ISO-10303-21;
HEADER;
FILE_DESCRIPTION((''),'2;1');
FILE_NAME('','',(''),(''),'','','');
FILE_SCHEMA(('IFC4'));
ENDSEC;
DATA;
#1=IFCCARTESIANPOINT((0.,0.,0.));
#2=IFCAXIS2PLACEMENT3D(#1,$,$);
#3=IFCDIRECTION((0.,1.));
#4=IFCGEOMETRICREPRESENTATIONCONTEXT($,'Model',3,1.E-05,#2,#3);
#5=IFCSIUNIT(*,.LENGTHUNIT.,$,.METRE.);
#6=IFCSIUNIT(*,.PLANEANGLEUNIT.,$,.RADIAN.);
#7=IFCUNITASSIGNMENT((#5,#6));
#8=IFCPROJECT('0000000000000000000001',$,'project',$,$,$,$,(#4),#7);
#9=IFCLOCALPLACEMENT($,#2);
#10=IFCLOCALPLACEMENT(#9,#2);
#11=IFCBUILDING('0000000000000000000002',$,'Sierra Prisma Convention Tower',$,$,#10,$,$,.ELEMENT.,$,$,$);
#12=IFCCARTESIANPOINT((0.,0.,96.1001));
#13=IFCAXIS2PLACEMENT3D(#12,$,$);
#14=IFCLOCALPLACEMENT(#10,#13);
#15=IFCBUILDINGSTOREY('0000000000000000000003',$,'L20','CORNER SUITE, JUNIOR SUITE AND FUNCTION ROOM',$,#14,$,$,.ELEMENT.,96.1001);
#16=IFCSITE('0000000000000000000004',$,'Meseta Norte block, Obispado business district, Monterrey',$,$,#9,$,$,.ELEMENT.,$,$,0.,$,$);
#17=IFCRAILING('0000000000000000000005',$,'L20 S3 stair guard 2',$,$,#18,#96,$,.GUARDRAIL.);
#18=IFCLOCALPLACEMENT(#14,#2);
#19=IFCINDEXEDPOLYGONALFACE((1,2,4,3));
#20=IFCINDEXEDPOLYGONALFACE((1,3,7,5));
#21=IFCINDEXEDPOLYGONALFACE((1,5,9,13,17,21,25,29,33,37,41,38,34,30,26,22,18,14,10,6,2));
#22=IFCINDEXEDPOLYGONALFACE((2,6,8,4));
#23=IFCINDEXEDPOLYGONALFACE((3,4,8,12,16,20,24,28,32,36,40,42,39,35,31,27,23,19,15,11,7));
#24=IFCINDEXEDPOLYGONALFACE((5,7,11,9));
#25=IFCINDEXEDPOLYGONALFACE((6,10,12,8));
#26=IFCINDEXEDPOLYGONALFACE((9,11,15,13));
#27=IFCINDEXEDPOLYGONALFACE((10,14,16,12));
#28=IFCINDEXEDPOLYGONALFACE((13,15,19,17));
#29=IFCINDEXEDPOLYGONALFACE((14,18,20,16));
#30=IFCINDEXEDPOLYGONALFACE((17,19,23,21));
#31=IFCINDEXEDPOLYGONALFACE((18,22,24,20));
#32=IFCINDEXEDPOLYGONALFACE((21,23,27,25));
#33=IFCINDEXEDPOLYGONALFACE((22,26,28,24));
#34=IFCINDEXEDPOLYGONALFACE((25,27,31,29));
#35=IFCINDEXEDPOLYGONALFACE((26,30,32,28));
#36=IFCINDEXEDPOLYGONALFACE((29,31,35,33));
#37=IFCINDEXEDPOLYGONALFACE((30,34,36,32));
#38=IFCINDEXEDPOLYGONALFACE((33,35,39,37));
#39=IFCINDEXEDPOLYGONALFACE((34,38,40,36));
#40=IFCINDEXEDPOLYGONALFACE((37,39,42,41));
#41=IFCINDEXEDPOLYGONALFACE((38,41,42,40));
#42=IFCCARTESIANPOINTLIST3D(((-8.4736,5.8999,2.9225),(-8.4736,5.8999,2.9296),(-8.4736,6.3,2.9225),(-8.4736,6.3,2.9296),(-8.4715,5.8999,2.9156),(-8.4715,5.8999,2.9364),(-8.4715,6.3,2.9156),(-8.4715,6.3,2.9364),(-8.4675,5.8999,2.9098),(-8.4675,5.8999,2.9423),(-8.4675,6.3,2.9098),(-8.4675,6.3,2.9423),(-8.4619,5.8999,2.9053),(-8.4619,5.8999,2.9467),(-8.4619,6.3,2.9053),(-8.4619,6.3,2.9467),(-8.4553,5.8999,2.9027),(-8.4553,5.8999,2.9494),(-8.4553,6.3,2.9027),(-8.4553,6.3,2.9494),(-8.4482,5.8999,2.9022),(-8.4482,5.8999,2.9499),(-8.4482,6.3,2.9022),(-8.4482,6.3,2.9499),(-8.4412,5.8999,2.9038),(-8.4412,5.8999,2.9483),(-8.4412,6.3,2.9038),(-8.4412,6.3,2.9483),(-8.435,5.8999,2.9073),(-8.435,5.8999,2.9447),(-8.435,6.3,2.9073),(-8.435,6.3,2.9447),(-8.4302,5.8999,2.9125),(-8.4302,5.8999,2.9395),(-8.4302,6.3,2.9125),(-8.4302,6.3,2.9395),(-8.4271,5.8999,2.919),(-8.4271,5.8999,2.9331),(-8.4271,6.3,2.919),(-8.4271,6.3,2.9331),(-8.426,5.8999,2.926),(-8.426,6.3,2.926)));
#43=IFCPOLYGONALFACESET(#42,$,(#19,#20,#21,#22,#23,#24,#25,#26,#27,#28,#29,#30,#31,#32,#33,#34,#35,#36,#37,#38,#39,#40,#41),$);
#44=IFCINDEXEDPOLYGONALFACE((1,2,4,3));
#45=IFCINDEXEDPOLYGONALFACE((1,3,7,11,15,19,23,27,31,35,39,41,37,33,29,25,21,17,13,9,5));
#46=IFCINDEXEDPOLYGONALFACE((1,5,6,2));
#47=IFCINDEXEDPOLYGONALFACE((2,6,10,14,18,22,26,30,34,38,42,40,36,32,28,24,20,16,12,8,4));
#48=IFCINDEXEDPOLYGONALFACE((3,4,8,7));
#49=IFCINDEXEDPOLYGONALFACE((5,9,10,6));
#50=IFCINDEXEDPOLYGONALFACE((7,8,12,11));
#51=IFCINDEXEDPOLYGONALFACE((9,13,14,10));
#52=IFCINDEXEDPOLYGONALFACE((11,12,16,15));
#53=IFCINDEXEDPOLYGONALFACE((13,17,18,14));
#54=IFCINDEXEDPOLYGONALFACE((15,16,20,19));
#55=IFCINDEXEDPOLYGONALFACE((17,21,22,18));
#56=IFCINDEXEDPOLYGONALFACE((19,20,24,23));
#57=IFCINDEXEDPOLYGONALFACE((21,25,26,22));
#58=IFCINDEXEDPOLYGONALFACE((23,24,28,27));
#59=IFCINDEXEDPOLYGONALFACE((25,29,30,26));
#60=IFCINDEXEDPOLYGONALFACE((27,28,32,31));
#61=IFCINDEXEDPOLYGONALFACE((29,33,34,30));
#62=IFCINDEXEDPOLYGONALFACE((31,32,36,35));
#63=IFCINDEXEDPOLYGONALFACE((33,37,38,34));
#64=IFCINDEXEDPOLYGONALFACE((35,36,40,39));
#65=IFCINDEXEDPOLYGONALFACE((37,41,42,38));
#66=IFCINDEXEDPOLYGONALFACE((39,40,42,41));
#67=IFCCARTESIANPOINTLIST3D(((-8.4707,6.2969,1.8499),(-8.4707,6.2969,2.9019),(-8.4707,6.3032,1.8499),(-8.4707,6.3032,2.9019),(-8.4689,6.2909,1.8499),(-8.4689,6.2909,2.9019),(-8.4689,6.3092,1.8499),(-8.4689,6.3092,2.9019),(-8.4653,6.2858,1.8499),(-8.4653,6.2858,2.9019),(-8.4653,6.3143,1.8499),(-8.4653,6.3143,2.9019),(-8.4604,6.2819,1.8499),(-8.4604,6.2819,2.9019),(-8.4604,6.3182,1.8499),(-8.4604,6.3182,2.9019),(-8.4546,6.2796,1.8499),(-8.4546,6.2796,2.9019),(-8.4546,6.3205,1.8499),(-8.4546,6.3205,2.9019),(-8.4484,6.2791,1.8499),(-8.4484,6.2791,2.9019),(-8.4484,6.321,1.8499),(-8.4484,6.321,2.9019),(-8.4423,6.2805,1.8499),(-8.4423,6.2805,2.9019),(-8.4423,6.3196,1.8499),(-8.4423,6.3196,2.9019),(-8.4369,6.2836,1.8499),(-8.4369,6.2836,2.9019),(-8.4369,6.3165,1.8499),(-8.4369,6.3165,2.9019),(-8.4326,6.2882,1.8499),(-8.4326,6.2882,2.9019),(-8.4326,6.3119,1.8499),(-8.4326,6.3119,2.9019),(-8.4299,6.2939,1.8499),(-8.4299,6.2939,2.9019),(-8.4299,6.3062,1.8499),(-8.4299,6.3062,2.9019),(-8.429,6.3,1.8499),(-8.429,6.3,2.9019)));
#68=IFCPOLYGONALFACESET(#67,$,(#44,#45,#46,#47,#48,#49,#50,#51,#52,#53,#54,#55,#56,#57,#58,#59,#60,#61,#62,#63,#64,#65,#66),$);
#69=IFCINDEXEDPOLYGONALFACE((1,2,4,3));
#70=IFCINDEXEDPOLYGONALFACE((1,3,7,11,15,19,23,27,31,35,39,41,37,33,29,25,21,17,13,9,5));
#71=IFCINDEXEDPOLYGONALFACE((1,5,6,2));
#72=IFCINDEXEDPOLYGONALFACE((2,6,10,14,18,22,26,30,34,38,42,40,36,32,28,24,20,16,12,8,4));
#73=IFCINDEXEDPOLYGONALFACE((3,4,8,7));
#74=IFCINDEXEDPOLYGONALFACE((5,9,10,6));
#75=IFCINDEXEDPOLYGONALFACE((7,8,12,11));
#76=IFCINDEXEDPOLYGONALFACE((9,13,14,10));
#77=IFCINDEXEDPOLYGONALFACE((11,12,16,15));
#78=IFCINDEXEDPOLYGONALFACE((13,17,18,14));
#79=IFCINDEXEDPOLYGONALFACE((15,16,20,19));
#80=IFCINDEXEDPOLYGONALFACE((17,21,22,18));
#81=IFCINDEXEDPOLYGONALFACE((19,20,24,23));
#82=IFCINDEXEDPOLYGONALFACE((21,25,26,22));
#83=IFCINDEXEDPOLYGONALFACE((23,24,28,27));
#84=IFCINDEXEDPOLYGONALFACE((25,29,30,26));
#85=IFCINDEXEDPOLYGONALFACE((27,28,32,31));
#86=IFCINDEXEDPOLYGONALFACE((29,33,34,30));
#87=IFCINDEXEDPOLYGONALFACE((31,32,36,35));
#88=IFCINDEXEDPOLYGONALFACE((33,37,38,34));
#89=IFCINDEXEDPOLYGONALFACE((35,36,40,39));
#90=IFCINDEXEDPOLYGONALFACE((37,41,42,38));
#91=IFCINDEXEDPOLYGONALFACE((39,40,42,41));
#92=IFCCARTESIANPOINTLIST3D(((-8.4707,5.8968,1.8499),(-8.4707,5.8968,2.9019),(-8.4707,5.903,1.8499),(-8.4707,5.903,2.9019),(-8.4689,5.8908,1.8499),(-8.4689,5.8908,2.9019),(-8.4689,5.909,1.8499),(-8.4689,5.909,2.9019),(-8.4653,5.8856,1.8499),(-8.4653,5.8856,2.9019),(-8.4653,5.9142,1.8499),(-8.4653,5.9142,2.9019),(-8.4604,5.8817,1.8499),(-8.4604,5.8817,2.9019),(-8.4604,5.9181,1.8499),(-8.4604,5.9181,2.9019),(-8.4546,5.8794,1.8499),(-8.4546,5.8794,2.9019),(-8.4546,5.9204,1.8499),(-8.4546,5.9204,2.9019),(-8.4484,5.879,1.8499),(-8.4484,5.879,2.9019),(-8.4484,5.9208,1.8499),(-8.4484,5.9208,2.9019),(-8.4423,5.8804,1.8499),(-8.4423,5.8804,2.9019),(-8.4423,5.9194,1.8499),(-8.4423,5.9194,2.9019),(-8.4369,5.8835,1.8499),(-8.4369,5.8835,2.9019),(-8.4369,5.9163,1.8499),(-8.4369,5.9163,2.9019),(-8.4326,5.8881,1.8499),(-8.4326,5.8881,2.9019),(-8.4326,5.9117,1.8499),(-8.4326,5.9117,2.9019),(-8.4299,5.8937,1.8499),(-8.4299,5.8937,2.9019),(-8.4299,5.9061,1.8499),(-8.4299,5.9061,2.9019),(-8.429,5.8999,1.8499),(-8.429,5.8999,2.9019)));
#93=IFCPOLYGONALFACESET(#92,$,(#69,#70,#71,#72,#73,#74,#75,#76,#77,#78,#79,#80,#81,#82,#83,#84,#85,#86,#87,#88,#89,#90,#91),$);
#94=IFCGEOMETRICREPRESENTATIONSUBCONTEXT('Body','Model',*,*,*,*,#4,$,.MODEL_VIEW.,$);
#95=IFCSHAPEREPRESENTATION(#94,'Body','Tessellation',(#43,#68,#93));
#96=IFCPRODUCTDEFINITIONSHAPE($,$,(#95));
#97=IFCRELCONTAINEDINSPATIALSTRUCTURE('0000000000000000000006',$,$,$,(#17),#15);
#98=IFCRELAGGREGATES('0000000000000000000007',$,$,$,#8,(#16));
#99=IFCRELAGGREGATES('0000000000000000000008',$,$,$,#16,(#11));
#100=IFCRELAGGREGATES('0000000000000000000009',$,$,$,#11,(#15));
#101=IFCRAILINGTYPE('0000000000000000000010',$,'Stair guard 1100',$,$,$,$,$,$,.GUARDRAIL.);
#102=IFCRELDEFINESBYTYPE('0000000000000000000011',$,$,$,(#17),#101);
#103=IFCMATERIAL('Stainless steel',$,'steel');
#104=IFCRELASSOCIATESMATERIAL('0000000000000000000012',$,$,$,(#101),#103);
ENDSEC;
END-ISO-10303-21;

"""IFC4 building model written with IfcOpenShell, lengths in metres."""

from ifc_helpers import new_model, si_unit, direction, frame, origin, origin_2d, place, context, subcontext, project, spatial, circle, extrude, material, type_object, element, save


model = new_model("IFC4")

# Units and contexts
model_context = context("Model", 3, precision=1e-05, world=origin(), true_north=direction((0.0, 1.0)))
body_context = subcontext(model_context, "Body", "Model", "MODEL_VIEW")
ifc_project = project(units=[si_unit("LENGTHUNIT", "METRE"), si_unit("PLANEANGLEUNIT", "RADIAN")], contexts=[model_context])

# Site, building, storey
site_placement = place(None, origin())
site = spatial("IfcSite", under=ifc_project, at=site_placement, Name="Meseta Norte block, Obispado business district, Monterrey", CompositionType="ELEMENT", RefElevation=0.0)
building_placement = place(site_placement, origin())
building = spatial("IfcBuilding", under=site, at=building_placement, Name="Sierra Prisma Convention Tower", CompositionType="ELEMENT")
storey_placement = place(building_placement, frame((0.0, 0.0, 96.1001)))
storey = spatial("IfcBuildingStorey", under=building, at=storey_placement, Name="L20", Description="CORNER SUITE, JUNIOR SUITE AND FUNCTION ROOM", CompositionType="ELEMENT", Elevation=96.1001)

# Railing
ifc_material_1 = material(Name="Stainless steel", Category="steel")
railing_type_1 = type_object("IfcRailingType", Name="Stair guard 1100", PredefinedType="GUARDRAIL", material=ifc_material_1)
railing_1_placement = place(storey_placement, frame((-8.45, 6.3, 1.8499)))
element("IfcRailing", 1, at=railing_1_placement, inside=storey, type_object=railing_type_1, Name="L20 S3 stair guard 2", PredefinedType="GUARDRAIL", context=body_context, shape_type="SweptSolid", body=[
    extrude(circle(Radius=0.0239, at=origin_2d()), frame((0.0, 0.0, 1.0762), z_axis=(0.0, -1.0, 0.0), x_axis=(1.0, 0.0, 0.0)), (0.0, 0.0, 1.0), 0.4001),
    extrude(circle(Radius=0.021, at=origin_2d()), origin(), (0.0, 0.0, 1.0), 1.052),
    extrude(circle(Radius=0.021, at=origin_2d()), frame((0.0, -0.4001, 0.0)), (0.0, 0.0, 1.0), 1.052),
])

save(model, "model.ifc")
